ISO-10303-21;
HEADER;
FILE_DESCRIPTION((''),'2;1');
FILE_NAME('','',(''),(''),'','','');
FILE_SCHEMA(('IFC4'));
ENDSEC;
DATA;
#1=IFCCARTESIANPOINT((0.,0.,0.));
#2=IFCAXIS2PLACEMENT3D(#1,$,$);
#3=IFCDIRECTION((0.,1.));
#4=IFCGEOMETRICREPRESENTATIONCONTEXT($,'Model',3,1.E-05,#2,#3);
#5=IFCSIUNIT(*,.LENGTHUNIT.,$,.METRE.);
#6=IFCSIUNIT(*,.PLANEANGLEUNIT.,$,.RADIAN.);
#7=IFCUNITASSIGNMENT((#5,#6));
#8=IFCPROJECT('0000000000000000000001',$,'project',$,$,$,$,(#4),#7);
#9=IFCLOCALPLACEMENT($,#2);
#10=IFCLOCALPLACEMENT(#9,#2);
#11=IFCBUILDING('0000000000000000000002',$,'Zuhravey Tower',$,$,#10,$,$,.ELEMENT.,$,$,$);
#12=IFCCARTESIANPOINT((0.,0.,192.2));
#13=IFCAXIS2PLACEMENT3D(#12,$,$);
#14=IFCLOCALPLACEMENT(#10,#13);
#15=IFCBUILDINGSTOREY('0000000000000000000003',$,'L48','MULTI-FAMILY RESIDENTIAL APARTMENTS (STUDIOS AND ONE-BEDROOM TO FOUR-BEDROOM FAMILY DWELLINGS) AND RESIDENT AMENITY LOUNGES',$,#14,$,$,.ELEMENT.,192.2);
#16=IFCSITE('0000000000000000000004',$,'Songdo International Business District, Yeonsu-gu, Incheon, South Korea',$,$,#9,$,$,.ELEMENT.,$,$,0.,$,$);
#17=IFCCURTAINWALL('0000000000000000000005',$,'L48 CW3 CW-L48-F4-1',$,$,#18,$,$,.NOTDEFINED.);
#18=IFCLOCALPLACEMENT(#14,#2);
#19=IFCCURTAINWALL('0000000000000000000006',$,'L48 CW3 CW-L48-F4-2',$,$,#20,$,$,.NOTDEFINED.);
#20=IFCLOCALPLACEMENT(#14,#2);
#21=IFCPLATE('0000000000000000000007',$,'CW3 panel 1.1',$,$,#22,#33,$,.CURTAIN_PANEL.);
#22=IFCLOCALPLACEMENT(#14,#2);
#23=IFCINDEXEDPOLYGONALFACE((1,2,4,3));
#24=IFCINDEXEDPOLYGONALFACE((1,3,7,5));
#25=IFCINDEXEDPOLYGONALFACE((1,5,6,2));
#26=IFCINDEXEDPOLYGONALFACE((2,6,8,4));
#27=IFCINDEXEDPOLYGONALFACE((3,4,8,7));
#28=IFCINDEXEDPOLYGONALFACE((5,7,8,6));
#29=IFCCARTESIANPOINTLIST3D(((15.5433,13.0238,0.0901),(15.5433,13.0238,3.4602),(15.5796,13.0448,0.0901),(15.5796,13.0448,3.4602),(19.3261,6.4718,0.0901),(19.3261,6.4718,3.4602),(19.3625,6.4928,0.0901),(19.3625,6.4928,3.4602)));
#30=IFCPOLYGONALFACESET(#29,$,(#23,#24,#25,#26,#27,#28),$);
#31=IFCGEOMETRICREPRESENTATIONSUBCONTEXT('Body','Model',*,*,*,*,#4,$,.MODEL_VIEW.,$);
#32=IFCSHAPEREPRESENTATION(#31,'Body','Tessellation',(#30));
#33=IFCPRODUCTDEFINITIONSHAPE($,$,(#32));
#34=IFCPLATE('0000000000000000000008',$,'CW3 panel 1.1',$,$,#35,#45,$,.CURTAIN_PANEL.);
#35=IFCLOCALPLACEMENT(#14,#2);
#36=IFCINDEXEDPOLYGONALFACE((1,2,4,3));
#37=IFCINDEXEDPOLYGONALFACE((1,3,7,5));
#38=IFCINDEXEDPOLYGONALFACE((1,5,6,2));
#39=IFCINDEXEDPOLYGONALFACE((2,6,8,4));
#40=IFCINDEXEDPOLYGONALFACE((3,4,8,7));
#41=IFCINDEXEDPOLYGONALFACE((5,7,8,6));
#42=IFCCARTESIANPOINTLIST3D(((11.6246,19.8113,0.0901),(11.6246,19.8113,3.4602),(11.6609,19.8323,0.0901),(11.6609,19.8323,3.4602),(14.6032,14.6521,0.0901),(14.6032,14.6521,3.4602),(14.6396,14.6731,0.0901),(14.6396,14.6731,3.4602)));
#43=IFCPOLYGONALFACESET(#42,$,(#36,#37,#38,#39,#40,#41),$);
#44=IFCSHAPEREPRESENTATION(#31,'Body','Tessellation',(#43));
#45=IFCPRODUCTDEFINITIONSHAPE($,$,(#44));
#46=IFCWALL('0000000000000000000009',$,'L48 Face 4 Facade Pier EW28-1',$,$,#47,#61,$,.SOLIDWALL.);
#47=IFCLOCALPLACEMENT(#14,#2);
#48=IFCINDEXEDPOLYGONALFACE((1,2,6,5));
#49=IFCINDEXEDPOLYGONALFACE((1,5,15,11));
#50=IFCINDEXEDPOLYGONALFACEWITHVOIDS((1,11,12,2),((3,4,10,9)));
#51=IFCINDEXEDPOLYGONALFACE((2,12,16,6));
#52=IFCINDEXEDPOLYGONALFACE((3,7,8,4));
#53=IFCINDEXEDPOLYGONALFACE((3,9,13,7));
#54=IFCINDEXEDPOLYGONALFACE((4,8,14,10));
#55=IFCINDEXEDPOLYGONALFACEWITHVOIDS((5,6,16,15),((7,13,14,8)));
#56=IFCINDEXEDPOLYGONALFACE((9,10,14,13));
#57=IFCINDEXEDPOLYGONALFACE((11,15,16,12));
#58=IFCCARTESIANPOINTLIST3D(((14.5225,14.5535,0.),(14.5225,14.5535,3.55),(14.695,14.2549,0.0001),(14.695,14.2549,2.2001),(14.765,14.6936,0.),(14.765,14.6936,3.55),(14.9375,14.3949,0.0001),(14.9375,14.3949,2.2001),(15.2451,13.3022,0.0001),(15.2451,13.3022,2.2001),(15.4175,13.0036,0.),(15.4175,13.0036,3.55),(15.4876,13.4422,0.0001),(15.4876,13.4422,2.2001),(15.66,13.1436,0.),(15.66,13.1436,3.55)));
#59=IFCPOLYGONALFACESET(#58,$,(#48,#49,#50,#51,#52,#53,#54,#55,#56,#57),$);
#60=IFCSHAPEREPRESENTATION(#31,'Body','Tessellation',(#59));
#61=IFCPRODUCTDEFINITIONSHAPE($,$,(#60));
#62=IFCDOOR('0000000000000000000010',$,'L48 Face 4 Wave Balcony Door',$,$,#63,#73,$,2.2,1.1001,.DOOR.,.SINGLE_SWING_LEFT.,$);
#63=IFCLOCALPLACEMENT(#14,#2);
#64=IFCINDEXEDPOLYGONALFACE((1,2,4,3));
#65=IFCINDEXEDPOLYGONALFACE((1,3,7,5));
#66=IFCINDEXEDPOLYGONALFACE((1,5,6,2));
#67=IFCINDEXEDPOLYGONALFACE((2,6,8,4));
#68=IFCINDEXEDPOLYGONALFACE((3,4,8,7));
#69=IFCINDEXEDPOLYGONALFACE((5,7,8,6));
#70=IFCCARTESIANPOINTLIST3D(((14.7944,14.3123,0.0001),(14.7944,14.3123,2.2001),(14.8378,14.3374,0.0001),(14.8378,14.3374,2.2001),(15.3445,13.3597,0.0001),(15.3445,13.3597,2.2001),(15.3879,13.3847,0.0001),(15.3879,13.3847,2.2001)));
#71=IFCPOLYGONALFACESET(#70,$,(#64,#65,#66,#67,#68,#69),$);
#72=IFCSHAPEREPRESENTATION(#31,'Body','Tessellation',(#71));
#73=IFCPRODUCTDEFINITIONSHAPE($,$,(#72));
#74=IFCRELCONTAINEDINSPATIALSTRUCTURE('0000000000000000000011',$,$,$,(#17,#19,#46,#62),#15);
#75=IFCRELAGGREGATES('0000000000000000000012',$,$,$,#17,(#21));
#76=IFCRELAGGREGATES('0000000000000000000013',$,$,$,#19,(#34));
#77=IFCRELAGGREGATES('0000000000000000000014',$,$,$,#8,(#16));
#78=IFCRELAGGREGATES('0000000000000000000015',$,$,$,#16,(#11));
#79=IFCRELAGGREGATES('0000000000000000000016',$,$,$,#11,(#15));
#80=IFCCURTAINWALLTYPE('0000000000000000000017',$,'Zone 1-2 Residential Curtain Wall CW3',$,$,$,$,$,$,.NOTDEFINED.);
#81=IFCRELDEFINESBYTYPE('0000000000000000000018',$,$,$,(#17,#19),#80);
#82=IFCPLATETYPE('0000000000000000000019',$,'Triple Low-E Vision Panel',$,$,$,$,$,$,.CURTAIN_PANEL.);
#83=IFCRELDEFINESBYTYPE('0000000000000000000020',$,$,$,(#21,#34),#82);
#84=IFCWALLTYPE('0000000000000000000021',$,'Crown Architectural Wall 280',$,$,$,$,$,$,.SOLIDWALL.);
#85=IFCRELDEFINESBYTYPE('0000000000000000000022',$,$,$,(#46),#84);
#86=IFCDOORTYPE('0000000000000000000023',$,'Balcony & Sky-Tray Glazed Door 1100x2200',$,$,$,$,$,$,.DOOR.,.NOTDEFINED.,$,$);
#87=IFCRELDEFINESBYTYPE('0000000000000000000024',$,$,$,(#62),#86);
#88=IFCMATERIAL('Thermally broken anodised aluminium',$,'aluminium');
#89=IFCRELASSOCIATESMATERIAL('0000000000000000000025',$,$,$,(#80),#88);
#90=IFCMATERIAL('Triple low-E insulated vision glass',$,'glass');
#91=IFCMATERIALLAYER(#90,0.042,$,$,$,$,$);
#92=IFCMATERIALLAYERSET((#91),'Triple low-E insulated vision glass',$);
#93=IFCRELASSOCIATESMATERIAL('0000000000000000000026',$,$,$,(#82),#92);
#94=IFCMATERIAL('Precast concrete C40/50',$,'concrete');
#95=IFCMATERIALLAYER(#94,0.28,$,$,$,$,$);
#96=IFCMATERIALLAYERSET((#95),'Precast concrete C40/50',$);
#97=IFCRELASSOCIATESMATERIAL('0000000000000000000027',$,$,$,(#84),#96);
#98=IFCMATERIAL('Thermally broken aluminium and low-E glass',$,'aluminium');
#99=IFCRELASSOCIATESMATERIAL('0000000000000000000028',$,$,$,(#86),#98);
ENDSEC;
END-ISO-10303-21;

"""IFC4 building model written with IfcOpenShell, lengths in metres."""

from ifc_helpers import new_model, si_unit, direction, frame, frame_2d, origin, origin_2d, place, context, subcontext, project, spatial, rectangle, extrude, material, layer, layer_set, type_object, element, fill, aggregate, save


model = new_model("IFC4")

# Units and contexts
model_context = context("Model", 3, precision=1e-05, world=origin(), true_north=direction((0.0, 1.0)))
body_context = subcontext(model_context, "Body", "Model", "MODEL_VIEW")
ifc_project = project(units=[si_unit("LENGTHUNIT", "METRE"), si_unit("PLANEANGLEUNIT", "RADIAN")], contexts=[model_context])

# Site, building, storey
site_placement = place(None, origin())
site = spatial("IfcSite", under=ifc_project, at=site_placement, Name="Songdo International Business District, Yeonsu-gu, Incheon, South Korea", CompositionType="ELEMENT", RefElevation=0.0)
building_placement = place(site_placement, origin())
building = spatial("IfcBuilding", under=site, at=building_placement, Name="Zuhravey Tower", CompositionType="ELEMENT")
storey_placement = place(building_placement, frame((0.0, 0.0, 192.2)))
storey = spatial("IfcBuildingStorey", under=building, at=storey_placement, Name="L48", Description="MULTI-FAMILY RESIDENTIAL APARTMENTS (STUDIOS AND ONE-BEDROOM TO FOUR-BEDROOM FAMILY DWELLINGS) AND RESIDENT AMENITY LOUNGES", CompositionType="ELEMENT", Elevation=192.2)

# Curtain wall
ifc_material_1 = material(Name="Thermally broken anodised aluminium", Category="aluminium")
curtain_wall_type = type_object("IfcCurtainWallType", Name="Zone 1-2 Residential Curtain Wall CW3", PredefinedType="NOTDEFINED", material=ifc_material_1)
curtain_wall_1_placement = place(storey_placement, origin())
curtain_wall_1 = element("IfcCurtainWall", 1, at=curtain_wall_1_placement, inside=storey, type_object=curtain_wall_type, Name="L48 CW3 CW-L48-F4-1", PredefinedType="NOTDEFINED")

# Curtain wall
curtain_wall_2_placement = place(storey_placement, origin())
curtain_wall_2 = element("IfcCurtainWall", 2, at=curtain_wall_2_placement, inside=storey, type_object=curtain_wall_type, Name="L48 CW3 CW-L48-F4-2", PredefinedType="NOTDEFINED")

# Plates
ifc_material_2 = material(Name="Triple low-E insulated vision glass", Category="glass")
ifc_layer_1 = layer(ifc_material_2, 0.042)
ifc_layer_set_1 = layer_set([ifc_layer_1], Name="Triple low-E insulated vision glass")
plate_type_1 = type_object("IfcPlateType", Name="Triple Low-E Vision Panel", PredefinedType="CURTAIN_PANEL", material=ifc_layer_set_1)
plate_1_placement = place(storey_placement, frame((17.4529, 9.7583, 0.0901), z_axis=(0.0, 0.0, 1.0), x_axis=(-0.500003, 0.866023, 0.0)))
plate_1 = element("IfcPlate", 3, at=plate_1_placement, type_object=plate_type_1, Name="CW3 panel 1.1", PredefinedType="CURTAIN_PANEL", context=body_context, shape_type="SweptSolid", body=[
    extrude(rectangle(XDim=7.5657, YDim=0.042, at=origin_2d()), origin(), (0.0, 0.0, 1.0), 3.3701),
])
aggregate(curtain_wall_1, [plate_1])
plate_2_placement = place(storey_placement, frame((13.1321, 17.2422, 0.0901), z_axis=(0.0, 0.0, 1.0), x_axis=(-0.499998, 0.866026, 0.0)))
plate_2 = element("IfcPlate", 4, at=plate_2_placement, type_object=plate_type_1, Name="CW3 panel 1.1", PredefinedType="CURTAIN_PANEL", context=body_context, shape_type="SweptSolid", body=[
    extrude(rectangle(XDim=5.9573, YDim=0.042, at=origin_2d()), origin(), (0.0, 0.0, 1.0), 3.3701),
])
aggregate(curtain_wall_2, [plate_2])

# Wall, opening, door
ifc_material_3 = material(Name="Precast concrete C40/50", Category="concrete")
ifc_layer_2 = layer(ifc_material_3, 0.28)
ifc_layer_set_2 = layer_set([ifc_layer_2], Name="Precast concrete C40/50")
wall_type_1 = type_object("IfcWallType", Name="Crown Architectural Wall 280", PredefinedType="SOLIDWALL", material=ifc_layer_set_2)
wall_1_placement = place(storey_placement, frame((15.5388, 13.0735, 0.0), z_axis=(0.0, 0.0, 1.0), x_axis=(-0.500041, 0.866002, 0.0)))
wall_1 = element("IfcWall", 5, at=wall_1_placement, inside=storey, type_object=wall_type_1, Name="L48 Face 4 Facade Pier EW28-1", PredefinedType="SOLIDWALL", context=body_context, shape_type="SweptSolid", body=[
    extrude(rectangle(XDim=1.7898, YDim=0.28, at=frame_2d((0.895, 0.0))), origin(), (0.0, 0.0, 1.0), 3.55),
])
opening_1_placement = place(wall_1_placement, frame((0.345, 0.0, 0.0)))
opening_1 = element("IfcOpeningElement", 6, at=opening_1_placement, cuts=wall_1, PredefinedType="OPENING", context=body_context, shape_type="SweptSolid", body=[
    extrude(rectangle(XDim=1.1001, YDim=2.2, at=frame_2d((0.55, 1.1001))), frame((0.0, 0.1521, 0.0), z_axis=(0.0, -1.0, 0.0), x_axis=(1.0, 0.0, 0.0)), (0.0, 0.0, 1.0), 0.304),
])
ifc_material_4 = material(Name="Thermally broken aluminium and low-E glass", Category="aluminium")
door_type_1 = type_object("IfcDoorType", Name="Balcony & Sky-Tray Glazed Door 1100x2200", OperationType="NOTDEFINED", PredefinedType="DOOR", material=ifc_material_4)
door_1_placement = place(opening_1_placement, frame((1.1001, 0.0, 0.0), z_axis=(0.0, 0.0, 1.0), x_axis=(-1.0, 0.0, 0.0)))
door_1 = element("IfcDoor", 7, at=door_1_placement, inside=storey, type_object=door_type_1, Name="L48 Face 4 Wave Balcony Door", OperationType="SINGLE_SWING_LEFT", OverallHeight=2.2, OverallWidth=1.1001, PredefinedType="DOOR", context=body_context, shape_type="SweptSolid", body=[
    extrude(rectangle(XDim=1.1001, YDim=2.2, at=frame_2d((0.55, 1.1001))), frame((0.0, 0.0249, 0.0), z_axis=(0.0, -1.0, 0.0), x_axis=(1.0, 0.0, 0.0)), (0.0, 0.0, 1.0), 0.05),
])
fill(opening_1, door_1)

save(model, "model.ifc")
